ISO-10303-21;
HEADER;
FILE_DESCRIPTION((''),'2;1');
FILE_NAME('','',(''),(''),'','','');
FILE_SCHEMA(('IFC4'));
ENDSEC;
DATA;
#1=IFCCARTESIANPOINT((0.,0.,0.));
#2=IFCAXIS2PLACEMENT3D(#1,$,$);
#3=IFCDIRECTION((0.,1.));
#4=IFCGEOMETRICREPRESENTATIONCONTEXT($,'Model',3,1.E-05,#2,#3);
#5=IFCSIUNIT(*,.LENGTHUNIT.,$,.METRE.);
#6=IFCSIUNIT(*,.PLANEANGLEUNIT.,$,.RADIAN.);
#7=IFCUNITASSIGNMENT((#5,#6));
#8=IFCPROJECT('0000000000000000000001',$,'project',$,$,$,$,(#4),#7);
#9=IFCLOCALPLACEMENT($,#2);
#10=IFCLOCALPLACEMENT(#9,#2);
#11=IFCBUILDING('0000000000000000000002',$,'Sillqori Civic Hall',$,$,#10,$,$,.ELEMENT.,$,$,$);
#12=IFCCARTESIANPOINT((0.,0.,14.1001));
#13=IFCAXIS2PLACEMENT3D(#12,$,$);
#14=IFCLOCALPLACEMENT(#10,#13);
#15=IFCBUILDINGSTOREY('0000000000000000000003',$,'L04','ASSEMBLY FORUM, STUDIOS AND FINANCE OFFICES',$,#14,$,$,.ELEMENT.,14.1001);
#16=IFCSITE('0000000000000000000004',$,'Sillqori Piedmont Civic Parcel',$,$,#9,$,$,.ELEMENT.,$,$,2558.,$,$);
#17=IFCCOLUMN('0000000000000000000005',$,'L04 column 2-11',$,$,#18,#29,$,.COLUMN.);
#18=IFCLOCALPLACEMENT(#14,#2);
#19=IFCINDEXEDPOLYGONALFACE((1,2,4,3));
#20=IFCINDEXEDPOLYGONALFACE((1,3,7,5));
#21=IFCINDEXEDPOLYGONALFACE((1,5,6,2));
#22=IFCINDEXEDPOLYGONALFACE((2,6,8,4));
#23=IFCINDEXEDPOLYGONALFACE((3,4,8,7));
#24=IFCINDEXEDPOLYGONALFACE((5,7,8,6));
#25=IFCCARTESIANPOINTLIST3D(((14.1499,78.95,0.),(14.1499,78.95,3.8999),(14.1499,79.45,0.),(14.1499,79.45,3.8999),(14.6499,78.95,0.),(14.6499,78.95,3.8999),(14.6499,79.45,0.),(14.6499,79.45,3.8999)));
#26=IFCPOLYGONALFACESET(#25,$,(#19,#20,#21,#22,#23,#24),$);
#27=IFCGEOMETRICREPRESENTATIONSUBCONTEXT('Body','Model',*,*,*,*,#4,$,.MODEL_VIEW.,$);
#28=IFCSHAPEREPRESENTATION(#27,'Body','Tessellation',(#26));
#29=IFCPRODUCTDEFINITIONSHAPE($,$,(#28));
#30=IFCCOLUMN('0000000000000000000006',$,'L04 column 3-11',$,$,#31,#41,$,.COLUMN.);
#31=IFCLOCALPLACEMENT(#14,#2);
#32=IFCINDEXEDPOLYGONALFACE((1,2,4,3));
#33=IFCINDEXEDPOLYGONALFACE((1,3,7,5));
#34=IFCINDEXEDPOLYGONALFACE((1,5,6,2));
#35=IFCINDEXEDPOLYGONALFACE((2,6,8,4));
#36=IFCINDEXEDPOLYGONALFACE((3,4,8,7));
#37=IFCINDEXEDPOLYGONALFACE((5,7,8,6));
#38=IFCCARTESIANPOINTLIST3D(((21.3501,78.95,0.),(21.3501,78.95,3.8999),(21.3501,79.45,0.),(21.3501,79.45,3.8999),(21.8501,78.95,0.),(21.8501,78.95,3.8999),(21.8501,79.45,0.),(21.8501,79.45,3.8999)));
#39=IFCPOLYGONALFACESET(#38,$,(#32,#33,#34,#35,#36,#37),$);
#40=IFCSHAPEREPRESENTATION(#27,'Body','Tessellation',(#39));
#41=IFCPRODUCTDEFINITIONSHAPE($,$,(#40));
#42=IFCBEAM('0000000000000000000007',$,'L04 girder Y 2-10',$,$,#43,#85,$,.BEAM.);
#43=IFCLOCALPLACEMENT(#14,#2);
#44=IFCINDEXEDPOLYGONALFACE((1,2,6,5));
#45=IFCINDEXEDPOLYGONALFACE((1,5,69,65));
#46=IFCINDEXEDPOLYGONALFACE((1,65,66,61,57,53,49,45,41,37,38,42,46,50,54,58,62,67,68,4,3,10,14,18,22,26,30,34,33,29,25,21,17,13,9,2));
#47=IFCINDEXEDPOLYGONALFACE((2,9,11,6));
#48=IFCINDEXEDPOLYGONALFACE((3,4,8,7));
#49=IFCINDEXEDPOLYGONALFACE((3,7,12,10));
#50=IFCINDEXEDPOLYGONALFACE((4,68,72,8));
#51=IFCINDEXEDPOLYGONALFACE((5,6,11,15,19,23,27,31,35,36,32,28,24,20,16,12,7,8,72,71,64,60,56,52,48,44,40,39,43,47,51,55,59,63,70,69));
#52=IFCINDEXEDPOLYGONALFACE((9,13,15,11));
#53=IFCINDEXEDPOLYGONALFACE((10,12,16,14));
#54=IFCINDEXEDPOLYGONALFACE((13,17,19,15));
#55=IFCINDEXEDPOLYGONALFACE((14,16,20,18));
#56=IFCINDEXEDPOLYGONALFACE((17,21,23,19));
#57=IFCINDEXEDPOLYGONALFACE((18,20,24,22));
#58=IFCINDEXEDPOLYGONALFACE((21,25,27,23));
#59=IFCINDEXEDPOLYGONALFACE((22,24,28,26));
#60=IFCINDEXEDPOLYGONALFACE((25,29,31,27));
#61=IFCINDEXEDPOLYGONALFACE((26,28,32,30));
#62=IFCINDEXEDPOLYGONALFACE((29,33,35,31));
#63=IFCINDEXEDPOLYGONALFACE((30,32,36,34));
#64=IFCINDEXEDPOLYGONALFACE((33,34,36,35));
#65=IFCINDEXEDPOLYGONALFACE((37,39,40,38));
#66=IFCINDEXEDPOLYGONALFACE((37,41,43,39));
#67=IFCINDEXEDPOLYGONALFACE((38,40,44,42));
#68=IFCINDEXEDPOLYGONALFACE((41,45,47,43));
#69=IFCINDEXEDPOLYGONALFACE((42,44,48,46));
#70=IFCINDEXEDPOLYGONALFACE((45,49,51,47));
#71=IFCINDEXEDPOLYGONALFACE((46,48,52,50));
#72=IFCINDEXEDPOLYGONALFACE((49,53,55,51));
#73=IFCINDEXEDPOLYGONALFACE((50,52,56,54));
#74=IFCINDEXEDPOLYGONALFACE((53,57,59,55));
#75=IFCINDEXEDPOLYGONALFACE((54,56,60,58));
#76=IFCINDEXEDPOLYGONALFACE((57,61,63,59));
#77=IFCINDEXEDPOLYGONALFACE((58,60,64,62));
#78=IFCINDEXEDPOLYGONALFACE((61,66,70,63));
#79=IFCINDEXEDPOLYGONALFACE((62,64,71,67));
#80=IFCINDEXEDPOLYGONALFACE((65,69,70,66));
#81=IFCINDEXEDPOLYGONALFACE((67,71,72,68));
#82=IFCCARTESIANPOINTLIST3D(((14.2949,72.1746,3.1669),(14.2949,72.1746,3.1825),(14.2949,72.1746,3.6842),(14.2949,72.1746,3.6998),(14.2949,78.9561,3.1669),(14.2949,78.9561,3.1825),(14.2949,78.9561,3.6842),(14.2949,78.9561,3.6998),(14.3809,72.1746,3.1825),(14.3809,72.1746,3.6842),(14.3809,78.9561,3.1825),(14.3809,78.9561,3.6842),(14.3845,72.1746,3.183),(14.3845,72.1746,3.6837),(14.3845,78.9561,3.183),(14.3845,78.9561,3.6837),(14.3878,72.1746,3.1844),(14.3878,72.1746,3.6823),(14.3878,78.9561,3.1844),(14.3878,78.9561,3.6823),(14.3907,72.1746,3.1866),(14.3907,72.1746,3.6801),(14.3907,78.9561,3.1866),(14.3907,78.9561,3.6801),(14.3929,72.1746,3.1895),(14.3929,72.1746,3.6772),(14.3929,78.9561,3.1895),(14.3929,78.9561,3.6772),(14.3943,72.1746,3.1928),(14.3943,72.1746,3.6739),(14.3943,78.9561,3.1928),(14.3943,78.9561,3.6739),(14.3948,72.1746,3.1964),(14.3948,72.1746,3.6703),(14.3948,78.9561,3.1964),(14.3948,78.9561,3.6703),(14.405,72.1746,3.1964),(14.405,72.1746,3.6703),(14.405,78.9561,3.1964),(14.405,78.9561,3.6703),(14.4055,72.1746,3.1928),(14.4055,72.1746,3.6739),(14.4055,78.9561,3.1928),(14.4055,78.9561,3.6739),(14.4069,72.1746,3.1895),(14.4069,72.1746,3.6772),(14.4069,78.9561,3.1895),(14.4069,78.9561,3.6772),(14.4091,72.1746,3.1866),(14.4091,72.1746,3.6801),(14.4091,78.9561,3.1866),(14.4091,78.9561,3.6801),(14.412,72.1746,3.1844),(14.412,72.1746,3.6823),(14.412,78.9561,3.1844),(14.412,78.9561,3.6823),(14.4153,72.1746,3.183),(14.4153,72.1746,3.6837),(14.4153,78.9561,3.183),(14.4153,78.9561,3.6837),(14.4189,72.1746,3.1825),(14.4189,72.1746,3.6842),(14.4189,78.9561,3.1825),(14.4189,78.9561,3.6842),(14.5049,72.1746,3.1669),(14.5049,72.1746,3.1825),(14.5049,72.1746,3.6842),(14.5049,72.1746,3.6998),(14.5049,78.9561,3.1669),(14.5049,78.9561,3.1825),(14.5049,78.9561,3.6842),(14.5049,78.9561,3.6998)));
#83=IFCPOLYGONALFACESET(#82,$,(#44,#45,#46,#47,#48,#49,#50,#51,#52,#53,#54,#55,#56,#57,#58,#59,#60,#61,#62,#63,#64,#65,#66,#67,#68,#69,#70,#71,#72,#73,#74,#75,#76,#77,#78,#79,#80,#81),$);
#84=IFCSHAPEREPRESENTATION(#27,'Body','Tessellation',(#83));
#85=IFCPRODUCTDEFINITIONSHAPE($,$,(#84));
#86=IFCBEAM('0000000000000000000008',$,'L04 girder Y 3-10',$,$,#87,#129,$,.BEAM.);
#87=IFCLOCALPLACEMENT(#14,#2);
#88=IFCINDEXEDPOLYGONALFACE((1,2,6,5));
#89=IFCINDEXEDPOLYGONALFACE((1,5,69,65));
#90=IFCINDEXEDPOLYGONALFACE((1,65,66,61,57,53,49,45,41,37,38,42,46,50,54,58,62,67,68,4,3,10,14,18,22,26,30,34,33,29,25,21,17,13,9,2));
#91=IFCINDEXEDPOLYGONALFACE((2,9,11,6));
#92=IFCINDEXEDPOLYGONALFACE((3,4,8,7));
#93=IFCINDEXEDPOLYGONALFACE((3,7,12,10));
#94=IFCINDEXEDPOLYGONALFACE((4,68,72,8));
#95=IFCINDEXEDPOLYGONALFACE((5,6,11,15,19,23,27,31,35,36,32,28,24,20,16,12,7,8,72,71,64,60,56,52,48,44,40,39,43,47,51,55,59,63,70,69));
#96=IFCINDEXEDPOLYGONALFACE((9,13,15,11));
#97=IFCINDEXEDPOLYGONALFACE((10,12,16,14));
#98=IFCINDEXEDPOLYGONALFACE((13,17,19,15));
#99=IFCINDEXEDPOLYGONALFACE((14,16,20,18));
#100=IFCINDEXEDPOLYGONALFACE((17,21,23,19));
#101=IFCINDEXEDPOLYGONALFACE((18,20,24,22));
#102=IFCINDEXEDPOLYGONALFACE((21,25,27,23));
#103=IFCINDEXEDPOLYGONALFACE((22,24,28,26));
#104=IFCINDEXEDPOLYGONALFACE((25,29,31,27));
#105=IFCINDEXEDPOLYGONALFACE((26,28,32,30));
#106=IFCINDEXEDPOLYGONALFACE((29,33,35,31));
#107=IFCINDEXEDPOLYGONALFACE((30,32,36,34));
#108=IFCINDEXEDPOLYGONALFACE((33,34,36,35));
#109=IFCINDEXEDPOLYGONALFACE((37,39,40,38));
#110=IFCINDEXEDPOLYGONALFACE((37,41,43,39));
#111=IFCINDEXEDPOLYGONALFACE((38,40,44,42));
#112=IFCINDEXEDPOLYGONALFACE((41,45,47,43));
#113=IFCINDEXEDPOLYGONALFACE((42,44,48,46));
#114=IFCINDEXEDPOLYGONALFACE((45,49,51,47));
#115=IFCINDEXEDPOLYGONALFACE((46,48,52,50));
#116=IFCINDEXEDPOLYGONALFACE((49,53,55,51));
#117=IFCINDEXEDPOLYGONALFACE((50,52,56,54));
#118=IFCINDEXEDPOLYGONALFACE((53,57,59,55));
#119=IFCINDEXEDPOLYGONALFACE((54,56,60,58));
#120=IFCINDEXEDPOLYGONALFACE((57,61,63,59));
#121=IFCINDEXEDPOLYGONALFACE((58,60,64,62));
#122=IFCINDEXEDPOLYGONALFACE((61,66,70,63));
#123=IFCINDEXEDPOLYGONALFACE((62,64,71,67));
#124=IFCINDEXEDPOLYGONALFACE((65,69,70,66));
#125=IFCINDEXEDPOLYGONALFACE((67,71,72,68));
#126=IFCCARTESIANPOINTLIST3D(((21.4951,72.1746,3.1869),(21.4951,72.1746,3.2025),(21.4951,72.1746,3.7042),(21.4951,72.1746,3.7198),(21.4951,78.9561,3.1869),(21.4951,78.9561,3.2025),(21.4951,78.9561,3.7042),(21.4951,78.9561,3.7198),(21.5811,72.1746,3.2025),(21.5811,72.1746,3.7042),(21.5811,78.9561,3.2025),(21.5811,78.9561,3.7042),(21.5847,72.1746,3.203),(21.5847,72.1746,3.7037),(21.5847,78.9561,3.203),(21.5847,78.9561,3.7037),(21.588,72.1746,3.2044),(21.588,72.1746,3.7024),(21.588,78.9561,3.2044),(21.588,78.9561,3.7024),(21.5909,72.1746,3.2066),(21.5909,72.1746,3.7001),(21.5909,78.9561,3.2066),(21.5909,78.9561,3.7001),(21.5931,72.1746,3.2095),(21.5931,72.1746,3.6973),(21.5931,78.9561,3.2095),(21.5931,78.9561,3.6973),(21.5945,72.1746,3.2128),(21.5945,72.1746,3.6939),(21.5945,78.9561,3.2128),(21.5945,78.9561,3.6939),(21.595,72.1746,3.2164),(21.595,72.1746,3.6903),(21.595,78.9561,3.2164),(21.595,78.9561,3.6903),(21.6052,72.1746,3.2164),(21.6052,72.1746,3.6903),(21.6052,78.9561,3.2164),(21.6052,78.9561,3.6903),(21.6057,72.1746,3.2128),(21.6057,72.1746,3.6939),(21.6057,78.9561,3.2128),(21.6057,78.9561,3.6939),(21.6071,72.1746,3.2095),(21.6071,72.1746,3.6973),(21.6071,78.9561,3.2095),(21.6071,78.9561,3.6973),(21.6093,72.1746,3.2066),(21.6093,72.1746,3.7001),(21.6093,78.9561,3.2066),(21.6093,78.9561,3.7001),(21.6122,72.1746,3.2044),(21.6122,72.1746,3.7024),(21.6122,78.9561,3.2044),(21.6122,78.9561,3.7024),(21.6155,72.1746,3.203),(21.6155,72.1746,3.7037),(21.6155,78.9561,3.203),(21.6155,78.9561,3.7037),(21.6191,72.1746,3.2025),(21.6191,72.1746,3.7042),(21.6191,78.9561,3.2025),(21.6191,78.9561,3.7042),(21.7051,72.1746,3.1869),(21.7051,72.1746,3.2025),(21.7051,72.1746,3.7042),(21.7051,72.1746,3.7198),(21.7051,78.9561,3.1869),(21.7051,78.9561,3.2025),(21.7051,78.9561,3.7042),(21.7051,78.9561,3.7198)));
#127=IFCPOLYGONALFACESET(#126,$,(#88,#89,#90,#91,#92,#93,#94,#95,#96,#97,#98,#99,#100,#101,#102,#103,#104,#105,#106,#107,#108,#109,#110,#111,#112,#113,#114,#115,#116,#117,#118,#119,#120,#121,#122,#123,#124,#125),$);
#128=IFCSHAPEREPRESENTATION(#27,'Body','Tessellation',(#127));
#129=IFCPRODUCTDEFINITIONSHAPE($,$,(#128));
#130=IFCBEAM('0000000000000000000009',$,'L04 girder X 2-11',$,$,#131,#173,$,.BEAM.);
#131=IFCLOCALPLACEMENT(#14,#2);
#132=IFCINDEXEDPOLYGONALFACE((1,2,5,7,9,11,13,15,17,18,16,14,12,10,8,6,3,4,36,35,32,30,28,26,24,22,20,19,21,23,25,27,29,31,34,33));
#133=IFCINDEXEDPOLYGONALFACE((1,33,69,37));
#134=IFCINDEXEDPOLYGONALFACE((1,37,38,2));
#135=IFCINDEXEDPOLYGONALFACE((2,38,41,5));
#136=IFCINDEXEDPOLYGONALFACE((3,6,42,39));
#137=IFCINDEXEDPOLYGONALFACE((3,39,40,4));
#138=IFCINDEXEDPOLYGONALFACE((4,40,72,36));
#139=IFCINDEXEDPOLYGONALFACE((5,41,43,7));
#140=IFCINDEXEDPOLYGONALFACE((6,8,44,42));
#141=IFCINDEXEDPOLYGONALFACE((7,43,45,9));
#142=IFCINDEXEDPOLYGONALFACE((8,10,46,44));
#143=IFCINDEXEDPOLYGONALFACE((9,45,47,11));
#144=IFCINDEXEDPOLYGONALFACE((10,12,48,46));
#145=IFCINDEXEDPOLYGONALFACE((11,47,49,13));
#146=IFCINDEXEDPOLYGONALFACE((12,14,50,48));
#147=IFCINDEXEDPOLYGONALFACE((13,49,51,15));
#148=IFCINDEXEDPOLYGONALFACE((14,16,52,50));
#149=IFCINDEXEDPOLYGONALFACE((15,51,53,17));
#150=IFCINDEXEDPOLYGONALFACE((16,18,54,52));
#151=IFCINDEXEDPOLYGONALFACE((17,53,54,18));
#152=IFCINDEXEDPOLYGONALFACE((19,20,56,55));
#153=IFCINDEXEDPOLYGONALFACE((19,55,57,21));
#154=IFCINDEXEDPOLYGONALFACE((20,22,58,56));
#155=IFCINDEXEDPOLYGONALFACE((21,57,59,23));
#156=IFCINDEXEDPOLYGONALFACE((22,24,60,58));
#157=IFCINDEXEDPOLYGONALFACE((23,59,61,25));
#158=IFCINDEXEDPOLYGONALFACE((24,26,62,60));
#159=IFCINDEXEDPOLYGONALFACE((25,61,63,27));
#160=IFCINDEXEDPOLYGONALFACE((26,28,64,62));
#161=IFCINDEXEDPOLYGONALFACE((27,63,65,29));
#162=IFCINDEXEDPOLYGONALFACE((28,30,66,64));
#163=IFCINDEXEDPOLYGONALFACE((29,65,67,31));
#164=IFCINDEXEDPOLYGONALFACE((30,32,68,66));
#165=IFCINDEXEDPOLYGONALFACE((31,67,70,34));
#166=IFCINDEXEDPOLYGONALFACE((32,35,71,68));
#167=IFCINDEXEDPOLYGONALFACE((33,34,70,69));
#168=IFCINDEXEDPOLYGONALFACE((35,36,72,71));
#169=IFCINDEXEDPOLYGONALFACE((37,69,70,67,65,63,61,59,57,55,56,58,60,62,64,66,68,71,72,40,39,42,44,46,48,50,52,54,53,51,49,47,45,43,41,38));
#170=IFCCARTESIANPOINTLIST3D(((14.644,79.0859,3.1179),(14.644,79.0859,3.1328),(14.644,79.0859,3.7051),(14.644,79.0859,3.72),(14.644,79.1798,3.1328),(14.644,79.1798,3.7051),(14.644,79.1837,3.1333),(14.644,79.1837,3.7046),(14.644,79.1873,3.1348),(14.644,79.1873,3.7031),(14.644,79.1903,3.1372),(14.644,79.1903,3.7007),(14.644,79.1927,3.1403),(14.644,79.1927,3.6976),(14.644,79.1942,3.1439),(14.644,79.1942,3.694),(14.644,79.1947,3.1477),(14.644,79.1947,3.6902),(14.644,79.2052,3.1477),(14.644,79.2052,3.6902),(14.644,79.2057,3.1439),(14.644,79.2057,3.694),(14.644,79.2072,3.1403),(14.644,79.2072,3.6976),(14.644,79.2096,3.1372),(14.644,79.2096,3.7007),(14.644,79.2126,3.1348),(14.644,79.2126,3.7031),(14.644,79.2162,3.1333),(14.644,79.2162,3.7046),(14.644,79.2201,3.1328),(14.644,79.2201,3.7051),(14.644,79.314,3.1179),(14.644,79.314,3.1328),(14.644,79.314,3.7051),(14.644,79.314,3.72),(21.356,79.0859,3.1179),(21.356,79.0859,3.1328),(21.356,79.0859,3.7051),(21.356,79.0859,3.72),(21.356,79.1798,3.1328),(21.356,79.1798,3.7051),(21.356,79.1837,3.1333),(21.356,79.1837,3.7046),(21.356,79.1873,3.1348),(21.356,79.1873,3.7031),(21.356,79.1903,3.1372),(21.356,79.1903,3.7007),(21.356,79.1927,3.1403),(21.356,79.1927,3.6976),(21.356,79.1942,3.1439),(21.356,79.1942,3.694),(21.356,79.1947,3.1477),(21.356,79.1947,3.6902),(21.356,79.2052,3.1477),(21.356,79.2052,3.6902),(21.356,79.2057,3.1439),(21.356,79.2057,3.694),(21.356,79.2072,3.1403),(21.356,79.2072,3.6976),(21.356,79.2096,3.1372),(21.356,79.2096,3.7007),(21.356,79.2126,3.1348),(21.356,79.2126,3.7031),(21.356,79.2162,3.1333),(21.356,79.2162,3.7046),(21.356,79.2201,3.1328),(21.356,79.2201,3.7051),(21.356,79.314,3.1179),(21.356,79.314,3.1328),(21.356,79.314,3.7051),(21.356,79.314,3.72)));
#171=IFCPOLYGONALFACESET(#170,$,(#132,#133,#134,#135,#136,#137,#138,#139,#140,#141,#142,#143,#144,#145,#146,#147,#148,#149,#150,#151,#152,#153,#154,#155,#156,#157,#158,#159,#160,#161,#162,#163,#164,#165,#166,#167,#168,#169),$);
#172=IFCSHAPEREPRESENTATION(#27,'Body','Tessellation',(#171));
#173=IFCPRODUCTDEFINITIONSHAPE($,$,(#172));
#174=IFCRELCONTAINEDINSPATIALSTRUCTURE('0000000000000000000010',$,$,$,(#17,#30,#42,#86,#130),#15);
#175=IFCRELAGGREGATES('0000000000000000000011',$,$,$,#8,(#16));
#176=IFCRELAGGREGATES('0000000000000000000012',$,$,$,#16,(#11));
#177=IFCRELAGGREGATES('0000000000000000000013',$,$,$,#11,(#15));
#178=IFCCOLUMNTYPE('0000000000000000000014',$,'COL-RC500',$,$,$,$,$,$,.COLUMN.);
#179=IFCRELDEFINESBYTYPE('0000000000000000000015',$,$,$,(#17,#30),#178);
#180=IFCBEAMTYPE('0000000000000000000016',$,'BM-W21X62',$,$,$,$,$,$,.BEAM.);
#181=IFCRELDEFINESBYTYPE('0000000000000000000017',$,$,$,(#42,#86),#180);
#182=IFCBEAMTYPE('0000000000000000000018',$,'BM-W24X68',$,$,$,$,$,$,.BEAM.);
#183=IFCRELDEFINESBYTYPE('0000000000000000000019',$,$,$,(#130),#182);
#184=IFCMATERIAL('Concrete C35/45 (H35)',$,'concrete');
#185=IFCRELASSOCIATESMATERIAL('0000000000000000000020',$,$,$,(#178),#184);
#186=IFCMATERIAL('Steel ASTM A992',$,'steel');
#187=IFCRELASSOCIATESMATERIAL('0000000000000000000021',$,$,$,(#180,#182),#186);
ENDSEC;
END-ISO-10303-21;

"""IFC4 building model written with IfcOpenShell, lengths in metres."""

from ifc_helpers import new_model, si_unit, direction, frame, origin, origin_2d, place, context, subcontext, project, spatial, rectangle, i_section, extrude, material, material_profile, profile_set, type_object, element, save


model = new_model("IFC4")

# Units and contexts
model_context = context("Model", 3, precision=1e-05, world=origin(), true_north=direction((0.0, 1.0)))
body_context = subcontext(model_context, "Body", "Model", "MODEL_VIEW")
ifc_project = project(units=[si_unit("LENGTHUNIT", "METRE"), si_unit("PLANEANGLEUNIT", "RADIAN")], contexts=[model_context])

# Site, building, storey
site_placement = place(None, origin())
site = spatial("IfcSite", under=ifc_project, at=site_placement, Name="Sillqori Piedmont Civic Parcel", CompositionType="ELEMENT", RefElevation=2558.0)
building_placement = place(site_placement, origin())
building = spatial("IfcBuilding", under=site, at=building_placement, Name="Sillqori Civic Hall", CompositionType="ELEMENT")
storey_placement = place(building_placement, frame((0.0, 0.0, 14.1001)))
storey = spatial("IfcBuildingStorey", under=building, at=storey_placement, Name="L04", Description="ASSEMBLY FORUM, STUDIOS AND FINANCE OFFICES", CompositionType="ELEMENT", Elevation=14.1001)

# Columns
ifc_material_1 = material(Name="Concrete C35/45 (H35)", Category="concrete")
ifc_material_profile_1 = material_profile(ifc_material_1, rectangle(XDim=0.5, YDim=0.5, at=origin_2d()), Name="RC 500x500")
ifc_profile_set_1 = profile_set([ifc_material_profile_1], Name="Concrete C35/45 (H35)")
column_type = type_object("IfcColumnType", Name="COL-RC500", PredefinedType="COLUMN", material=ifc_profile_set_1)
for number, where, z_axis, x_axis, name in (
    (1, (14.3999, 79.2, 0.0), (0.0, 0.0, 1.0), (1.0, 0.0, 0.0), "L04 column 2-11"),
    (2, (21.6001, 79.2, 0.0), (0.0, 0.0, 1.0), (1.0, 0.0, 0.0), "L04 column 3-11"),
):
    element("IfcColumn", number, at=place(storey_placement, frame(where, z_axis=z_axis, x_axis=x_axis)), inside=storey, type_object=column_type, Name=name, PredefinedType="COLUMN", context=body_context, shape_type="SweptSolid", body=[
        extrude(rectangle(XDim=0.5, YDim=0.5, at=origin_2d()), origin(), (0.0, 0.0, 1.0), 3.8999),
    ])

# Beams
ifc_material_2 = material(Name="Steel ASTM A992", Category="steel")
ifc_material_profile_2 = material_profile(ifc_material_2, i_section(OverallWidth=0.21, OverallDepth=0.533, WebThickness=0.0103, FlangeThickness=0.0156, FilletRadius=0.0139, at=origin_2d()), Name="W21X62")
ifc_profile_set_2 = profile_set([ifc_material_profile_2], Name="Steel ASTM A992")
beam_type_1 = type_object("IfcBeamType", Name="BM-W21X62", PredefinedType="BEAM", material=ifc_profile_set_2)
for number, where, z_axis, x_axis, name in (
    (3, (14.3999, 72.1746, 3.4333), (0.0, 1.0, 0.0), (-1.0, 0.0, 0.0), "L04 girder Y 2-10"),
    (4, (21.6001, 72.1746, 3.4534), (0.0, 1.0, 0.0), (-1.0, 0.0, 0.0), "L04 girder Y 3-10"),
):
    element("IfcBeam", number, at=place(storey_placement, frame(where, z_axis=z_axis, x_axis=x_axis)), inside=storey, type_object=beam_type_1, Name=name, PredefinedType="BEAM", context=body_context, shape_type="SweptSolid", body=[
        extrude(i_section(OverallWidth=0.21, OverallDepth=0.533, WebThickness=0.0103, FlangeThickness=0.0156, FilletRadius=0.0139, at=origin_2d()), origin(), (0.0, 0.0, 1.0), 6.7815),
    ])
ifc_material_profile_3 = material_profile(ifc_material_2, i_section(OverallWidth=0.228, OverallDepth=0.6021, WebThickness=0.0105, FlangeThickness=0.0149, FilletRadius=0.0149, at=origin_2d()), Name="W24X68")
ifc_profile_set_3 = profile_set([ifc_material_profile_3], Name="Steel ASTM A992")
beam_type_2 = type_object("IfcBeamType", Name="BM-W24X68", PredefinedType="BEAM", material=ifc_profile_set_3)
beam_1_placement = place(storey_placement, frame((14.644, 79.2, 3.4189), z_axis=(1.0, 0.0, 0.0), x_axis=(0.0, 1.0, 0.0)))
element("IfcBeam", 5, at=beam_1_placement, inside=storey, type_object=beam_type_2, Name="L04 girder X 2-11", PredefinedType="BEAM", context=body_context, shape_type="SweptSolid", body=[
    extrude(i_section(OverallWidth=0.228, OverallDepth=0.6021, WebThickness=0.0105, FlangeThickness=0.0149, FilletRadius=0.0149, at=origin_2d()), origin(), (0.0, 0.0, 1.0), 6.7119),
])

save(model, "model.ifc")
